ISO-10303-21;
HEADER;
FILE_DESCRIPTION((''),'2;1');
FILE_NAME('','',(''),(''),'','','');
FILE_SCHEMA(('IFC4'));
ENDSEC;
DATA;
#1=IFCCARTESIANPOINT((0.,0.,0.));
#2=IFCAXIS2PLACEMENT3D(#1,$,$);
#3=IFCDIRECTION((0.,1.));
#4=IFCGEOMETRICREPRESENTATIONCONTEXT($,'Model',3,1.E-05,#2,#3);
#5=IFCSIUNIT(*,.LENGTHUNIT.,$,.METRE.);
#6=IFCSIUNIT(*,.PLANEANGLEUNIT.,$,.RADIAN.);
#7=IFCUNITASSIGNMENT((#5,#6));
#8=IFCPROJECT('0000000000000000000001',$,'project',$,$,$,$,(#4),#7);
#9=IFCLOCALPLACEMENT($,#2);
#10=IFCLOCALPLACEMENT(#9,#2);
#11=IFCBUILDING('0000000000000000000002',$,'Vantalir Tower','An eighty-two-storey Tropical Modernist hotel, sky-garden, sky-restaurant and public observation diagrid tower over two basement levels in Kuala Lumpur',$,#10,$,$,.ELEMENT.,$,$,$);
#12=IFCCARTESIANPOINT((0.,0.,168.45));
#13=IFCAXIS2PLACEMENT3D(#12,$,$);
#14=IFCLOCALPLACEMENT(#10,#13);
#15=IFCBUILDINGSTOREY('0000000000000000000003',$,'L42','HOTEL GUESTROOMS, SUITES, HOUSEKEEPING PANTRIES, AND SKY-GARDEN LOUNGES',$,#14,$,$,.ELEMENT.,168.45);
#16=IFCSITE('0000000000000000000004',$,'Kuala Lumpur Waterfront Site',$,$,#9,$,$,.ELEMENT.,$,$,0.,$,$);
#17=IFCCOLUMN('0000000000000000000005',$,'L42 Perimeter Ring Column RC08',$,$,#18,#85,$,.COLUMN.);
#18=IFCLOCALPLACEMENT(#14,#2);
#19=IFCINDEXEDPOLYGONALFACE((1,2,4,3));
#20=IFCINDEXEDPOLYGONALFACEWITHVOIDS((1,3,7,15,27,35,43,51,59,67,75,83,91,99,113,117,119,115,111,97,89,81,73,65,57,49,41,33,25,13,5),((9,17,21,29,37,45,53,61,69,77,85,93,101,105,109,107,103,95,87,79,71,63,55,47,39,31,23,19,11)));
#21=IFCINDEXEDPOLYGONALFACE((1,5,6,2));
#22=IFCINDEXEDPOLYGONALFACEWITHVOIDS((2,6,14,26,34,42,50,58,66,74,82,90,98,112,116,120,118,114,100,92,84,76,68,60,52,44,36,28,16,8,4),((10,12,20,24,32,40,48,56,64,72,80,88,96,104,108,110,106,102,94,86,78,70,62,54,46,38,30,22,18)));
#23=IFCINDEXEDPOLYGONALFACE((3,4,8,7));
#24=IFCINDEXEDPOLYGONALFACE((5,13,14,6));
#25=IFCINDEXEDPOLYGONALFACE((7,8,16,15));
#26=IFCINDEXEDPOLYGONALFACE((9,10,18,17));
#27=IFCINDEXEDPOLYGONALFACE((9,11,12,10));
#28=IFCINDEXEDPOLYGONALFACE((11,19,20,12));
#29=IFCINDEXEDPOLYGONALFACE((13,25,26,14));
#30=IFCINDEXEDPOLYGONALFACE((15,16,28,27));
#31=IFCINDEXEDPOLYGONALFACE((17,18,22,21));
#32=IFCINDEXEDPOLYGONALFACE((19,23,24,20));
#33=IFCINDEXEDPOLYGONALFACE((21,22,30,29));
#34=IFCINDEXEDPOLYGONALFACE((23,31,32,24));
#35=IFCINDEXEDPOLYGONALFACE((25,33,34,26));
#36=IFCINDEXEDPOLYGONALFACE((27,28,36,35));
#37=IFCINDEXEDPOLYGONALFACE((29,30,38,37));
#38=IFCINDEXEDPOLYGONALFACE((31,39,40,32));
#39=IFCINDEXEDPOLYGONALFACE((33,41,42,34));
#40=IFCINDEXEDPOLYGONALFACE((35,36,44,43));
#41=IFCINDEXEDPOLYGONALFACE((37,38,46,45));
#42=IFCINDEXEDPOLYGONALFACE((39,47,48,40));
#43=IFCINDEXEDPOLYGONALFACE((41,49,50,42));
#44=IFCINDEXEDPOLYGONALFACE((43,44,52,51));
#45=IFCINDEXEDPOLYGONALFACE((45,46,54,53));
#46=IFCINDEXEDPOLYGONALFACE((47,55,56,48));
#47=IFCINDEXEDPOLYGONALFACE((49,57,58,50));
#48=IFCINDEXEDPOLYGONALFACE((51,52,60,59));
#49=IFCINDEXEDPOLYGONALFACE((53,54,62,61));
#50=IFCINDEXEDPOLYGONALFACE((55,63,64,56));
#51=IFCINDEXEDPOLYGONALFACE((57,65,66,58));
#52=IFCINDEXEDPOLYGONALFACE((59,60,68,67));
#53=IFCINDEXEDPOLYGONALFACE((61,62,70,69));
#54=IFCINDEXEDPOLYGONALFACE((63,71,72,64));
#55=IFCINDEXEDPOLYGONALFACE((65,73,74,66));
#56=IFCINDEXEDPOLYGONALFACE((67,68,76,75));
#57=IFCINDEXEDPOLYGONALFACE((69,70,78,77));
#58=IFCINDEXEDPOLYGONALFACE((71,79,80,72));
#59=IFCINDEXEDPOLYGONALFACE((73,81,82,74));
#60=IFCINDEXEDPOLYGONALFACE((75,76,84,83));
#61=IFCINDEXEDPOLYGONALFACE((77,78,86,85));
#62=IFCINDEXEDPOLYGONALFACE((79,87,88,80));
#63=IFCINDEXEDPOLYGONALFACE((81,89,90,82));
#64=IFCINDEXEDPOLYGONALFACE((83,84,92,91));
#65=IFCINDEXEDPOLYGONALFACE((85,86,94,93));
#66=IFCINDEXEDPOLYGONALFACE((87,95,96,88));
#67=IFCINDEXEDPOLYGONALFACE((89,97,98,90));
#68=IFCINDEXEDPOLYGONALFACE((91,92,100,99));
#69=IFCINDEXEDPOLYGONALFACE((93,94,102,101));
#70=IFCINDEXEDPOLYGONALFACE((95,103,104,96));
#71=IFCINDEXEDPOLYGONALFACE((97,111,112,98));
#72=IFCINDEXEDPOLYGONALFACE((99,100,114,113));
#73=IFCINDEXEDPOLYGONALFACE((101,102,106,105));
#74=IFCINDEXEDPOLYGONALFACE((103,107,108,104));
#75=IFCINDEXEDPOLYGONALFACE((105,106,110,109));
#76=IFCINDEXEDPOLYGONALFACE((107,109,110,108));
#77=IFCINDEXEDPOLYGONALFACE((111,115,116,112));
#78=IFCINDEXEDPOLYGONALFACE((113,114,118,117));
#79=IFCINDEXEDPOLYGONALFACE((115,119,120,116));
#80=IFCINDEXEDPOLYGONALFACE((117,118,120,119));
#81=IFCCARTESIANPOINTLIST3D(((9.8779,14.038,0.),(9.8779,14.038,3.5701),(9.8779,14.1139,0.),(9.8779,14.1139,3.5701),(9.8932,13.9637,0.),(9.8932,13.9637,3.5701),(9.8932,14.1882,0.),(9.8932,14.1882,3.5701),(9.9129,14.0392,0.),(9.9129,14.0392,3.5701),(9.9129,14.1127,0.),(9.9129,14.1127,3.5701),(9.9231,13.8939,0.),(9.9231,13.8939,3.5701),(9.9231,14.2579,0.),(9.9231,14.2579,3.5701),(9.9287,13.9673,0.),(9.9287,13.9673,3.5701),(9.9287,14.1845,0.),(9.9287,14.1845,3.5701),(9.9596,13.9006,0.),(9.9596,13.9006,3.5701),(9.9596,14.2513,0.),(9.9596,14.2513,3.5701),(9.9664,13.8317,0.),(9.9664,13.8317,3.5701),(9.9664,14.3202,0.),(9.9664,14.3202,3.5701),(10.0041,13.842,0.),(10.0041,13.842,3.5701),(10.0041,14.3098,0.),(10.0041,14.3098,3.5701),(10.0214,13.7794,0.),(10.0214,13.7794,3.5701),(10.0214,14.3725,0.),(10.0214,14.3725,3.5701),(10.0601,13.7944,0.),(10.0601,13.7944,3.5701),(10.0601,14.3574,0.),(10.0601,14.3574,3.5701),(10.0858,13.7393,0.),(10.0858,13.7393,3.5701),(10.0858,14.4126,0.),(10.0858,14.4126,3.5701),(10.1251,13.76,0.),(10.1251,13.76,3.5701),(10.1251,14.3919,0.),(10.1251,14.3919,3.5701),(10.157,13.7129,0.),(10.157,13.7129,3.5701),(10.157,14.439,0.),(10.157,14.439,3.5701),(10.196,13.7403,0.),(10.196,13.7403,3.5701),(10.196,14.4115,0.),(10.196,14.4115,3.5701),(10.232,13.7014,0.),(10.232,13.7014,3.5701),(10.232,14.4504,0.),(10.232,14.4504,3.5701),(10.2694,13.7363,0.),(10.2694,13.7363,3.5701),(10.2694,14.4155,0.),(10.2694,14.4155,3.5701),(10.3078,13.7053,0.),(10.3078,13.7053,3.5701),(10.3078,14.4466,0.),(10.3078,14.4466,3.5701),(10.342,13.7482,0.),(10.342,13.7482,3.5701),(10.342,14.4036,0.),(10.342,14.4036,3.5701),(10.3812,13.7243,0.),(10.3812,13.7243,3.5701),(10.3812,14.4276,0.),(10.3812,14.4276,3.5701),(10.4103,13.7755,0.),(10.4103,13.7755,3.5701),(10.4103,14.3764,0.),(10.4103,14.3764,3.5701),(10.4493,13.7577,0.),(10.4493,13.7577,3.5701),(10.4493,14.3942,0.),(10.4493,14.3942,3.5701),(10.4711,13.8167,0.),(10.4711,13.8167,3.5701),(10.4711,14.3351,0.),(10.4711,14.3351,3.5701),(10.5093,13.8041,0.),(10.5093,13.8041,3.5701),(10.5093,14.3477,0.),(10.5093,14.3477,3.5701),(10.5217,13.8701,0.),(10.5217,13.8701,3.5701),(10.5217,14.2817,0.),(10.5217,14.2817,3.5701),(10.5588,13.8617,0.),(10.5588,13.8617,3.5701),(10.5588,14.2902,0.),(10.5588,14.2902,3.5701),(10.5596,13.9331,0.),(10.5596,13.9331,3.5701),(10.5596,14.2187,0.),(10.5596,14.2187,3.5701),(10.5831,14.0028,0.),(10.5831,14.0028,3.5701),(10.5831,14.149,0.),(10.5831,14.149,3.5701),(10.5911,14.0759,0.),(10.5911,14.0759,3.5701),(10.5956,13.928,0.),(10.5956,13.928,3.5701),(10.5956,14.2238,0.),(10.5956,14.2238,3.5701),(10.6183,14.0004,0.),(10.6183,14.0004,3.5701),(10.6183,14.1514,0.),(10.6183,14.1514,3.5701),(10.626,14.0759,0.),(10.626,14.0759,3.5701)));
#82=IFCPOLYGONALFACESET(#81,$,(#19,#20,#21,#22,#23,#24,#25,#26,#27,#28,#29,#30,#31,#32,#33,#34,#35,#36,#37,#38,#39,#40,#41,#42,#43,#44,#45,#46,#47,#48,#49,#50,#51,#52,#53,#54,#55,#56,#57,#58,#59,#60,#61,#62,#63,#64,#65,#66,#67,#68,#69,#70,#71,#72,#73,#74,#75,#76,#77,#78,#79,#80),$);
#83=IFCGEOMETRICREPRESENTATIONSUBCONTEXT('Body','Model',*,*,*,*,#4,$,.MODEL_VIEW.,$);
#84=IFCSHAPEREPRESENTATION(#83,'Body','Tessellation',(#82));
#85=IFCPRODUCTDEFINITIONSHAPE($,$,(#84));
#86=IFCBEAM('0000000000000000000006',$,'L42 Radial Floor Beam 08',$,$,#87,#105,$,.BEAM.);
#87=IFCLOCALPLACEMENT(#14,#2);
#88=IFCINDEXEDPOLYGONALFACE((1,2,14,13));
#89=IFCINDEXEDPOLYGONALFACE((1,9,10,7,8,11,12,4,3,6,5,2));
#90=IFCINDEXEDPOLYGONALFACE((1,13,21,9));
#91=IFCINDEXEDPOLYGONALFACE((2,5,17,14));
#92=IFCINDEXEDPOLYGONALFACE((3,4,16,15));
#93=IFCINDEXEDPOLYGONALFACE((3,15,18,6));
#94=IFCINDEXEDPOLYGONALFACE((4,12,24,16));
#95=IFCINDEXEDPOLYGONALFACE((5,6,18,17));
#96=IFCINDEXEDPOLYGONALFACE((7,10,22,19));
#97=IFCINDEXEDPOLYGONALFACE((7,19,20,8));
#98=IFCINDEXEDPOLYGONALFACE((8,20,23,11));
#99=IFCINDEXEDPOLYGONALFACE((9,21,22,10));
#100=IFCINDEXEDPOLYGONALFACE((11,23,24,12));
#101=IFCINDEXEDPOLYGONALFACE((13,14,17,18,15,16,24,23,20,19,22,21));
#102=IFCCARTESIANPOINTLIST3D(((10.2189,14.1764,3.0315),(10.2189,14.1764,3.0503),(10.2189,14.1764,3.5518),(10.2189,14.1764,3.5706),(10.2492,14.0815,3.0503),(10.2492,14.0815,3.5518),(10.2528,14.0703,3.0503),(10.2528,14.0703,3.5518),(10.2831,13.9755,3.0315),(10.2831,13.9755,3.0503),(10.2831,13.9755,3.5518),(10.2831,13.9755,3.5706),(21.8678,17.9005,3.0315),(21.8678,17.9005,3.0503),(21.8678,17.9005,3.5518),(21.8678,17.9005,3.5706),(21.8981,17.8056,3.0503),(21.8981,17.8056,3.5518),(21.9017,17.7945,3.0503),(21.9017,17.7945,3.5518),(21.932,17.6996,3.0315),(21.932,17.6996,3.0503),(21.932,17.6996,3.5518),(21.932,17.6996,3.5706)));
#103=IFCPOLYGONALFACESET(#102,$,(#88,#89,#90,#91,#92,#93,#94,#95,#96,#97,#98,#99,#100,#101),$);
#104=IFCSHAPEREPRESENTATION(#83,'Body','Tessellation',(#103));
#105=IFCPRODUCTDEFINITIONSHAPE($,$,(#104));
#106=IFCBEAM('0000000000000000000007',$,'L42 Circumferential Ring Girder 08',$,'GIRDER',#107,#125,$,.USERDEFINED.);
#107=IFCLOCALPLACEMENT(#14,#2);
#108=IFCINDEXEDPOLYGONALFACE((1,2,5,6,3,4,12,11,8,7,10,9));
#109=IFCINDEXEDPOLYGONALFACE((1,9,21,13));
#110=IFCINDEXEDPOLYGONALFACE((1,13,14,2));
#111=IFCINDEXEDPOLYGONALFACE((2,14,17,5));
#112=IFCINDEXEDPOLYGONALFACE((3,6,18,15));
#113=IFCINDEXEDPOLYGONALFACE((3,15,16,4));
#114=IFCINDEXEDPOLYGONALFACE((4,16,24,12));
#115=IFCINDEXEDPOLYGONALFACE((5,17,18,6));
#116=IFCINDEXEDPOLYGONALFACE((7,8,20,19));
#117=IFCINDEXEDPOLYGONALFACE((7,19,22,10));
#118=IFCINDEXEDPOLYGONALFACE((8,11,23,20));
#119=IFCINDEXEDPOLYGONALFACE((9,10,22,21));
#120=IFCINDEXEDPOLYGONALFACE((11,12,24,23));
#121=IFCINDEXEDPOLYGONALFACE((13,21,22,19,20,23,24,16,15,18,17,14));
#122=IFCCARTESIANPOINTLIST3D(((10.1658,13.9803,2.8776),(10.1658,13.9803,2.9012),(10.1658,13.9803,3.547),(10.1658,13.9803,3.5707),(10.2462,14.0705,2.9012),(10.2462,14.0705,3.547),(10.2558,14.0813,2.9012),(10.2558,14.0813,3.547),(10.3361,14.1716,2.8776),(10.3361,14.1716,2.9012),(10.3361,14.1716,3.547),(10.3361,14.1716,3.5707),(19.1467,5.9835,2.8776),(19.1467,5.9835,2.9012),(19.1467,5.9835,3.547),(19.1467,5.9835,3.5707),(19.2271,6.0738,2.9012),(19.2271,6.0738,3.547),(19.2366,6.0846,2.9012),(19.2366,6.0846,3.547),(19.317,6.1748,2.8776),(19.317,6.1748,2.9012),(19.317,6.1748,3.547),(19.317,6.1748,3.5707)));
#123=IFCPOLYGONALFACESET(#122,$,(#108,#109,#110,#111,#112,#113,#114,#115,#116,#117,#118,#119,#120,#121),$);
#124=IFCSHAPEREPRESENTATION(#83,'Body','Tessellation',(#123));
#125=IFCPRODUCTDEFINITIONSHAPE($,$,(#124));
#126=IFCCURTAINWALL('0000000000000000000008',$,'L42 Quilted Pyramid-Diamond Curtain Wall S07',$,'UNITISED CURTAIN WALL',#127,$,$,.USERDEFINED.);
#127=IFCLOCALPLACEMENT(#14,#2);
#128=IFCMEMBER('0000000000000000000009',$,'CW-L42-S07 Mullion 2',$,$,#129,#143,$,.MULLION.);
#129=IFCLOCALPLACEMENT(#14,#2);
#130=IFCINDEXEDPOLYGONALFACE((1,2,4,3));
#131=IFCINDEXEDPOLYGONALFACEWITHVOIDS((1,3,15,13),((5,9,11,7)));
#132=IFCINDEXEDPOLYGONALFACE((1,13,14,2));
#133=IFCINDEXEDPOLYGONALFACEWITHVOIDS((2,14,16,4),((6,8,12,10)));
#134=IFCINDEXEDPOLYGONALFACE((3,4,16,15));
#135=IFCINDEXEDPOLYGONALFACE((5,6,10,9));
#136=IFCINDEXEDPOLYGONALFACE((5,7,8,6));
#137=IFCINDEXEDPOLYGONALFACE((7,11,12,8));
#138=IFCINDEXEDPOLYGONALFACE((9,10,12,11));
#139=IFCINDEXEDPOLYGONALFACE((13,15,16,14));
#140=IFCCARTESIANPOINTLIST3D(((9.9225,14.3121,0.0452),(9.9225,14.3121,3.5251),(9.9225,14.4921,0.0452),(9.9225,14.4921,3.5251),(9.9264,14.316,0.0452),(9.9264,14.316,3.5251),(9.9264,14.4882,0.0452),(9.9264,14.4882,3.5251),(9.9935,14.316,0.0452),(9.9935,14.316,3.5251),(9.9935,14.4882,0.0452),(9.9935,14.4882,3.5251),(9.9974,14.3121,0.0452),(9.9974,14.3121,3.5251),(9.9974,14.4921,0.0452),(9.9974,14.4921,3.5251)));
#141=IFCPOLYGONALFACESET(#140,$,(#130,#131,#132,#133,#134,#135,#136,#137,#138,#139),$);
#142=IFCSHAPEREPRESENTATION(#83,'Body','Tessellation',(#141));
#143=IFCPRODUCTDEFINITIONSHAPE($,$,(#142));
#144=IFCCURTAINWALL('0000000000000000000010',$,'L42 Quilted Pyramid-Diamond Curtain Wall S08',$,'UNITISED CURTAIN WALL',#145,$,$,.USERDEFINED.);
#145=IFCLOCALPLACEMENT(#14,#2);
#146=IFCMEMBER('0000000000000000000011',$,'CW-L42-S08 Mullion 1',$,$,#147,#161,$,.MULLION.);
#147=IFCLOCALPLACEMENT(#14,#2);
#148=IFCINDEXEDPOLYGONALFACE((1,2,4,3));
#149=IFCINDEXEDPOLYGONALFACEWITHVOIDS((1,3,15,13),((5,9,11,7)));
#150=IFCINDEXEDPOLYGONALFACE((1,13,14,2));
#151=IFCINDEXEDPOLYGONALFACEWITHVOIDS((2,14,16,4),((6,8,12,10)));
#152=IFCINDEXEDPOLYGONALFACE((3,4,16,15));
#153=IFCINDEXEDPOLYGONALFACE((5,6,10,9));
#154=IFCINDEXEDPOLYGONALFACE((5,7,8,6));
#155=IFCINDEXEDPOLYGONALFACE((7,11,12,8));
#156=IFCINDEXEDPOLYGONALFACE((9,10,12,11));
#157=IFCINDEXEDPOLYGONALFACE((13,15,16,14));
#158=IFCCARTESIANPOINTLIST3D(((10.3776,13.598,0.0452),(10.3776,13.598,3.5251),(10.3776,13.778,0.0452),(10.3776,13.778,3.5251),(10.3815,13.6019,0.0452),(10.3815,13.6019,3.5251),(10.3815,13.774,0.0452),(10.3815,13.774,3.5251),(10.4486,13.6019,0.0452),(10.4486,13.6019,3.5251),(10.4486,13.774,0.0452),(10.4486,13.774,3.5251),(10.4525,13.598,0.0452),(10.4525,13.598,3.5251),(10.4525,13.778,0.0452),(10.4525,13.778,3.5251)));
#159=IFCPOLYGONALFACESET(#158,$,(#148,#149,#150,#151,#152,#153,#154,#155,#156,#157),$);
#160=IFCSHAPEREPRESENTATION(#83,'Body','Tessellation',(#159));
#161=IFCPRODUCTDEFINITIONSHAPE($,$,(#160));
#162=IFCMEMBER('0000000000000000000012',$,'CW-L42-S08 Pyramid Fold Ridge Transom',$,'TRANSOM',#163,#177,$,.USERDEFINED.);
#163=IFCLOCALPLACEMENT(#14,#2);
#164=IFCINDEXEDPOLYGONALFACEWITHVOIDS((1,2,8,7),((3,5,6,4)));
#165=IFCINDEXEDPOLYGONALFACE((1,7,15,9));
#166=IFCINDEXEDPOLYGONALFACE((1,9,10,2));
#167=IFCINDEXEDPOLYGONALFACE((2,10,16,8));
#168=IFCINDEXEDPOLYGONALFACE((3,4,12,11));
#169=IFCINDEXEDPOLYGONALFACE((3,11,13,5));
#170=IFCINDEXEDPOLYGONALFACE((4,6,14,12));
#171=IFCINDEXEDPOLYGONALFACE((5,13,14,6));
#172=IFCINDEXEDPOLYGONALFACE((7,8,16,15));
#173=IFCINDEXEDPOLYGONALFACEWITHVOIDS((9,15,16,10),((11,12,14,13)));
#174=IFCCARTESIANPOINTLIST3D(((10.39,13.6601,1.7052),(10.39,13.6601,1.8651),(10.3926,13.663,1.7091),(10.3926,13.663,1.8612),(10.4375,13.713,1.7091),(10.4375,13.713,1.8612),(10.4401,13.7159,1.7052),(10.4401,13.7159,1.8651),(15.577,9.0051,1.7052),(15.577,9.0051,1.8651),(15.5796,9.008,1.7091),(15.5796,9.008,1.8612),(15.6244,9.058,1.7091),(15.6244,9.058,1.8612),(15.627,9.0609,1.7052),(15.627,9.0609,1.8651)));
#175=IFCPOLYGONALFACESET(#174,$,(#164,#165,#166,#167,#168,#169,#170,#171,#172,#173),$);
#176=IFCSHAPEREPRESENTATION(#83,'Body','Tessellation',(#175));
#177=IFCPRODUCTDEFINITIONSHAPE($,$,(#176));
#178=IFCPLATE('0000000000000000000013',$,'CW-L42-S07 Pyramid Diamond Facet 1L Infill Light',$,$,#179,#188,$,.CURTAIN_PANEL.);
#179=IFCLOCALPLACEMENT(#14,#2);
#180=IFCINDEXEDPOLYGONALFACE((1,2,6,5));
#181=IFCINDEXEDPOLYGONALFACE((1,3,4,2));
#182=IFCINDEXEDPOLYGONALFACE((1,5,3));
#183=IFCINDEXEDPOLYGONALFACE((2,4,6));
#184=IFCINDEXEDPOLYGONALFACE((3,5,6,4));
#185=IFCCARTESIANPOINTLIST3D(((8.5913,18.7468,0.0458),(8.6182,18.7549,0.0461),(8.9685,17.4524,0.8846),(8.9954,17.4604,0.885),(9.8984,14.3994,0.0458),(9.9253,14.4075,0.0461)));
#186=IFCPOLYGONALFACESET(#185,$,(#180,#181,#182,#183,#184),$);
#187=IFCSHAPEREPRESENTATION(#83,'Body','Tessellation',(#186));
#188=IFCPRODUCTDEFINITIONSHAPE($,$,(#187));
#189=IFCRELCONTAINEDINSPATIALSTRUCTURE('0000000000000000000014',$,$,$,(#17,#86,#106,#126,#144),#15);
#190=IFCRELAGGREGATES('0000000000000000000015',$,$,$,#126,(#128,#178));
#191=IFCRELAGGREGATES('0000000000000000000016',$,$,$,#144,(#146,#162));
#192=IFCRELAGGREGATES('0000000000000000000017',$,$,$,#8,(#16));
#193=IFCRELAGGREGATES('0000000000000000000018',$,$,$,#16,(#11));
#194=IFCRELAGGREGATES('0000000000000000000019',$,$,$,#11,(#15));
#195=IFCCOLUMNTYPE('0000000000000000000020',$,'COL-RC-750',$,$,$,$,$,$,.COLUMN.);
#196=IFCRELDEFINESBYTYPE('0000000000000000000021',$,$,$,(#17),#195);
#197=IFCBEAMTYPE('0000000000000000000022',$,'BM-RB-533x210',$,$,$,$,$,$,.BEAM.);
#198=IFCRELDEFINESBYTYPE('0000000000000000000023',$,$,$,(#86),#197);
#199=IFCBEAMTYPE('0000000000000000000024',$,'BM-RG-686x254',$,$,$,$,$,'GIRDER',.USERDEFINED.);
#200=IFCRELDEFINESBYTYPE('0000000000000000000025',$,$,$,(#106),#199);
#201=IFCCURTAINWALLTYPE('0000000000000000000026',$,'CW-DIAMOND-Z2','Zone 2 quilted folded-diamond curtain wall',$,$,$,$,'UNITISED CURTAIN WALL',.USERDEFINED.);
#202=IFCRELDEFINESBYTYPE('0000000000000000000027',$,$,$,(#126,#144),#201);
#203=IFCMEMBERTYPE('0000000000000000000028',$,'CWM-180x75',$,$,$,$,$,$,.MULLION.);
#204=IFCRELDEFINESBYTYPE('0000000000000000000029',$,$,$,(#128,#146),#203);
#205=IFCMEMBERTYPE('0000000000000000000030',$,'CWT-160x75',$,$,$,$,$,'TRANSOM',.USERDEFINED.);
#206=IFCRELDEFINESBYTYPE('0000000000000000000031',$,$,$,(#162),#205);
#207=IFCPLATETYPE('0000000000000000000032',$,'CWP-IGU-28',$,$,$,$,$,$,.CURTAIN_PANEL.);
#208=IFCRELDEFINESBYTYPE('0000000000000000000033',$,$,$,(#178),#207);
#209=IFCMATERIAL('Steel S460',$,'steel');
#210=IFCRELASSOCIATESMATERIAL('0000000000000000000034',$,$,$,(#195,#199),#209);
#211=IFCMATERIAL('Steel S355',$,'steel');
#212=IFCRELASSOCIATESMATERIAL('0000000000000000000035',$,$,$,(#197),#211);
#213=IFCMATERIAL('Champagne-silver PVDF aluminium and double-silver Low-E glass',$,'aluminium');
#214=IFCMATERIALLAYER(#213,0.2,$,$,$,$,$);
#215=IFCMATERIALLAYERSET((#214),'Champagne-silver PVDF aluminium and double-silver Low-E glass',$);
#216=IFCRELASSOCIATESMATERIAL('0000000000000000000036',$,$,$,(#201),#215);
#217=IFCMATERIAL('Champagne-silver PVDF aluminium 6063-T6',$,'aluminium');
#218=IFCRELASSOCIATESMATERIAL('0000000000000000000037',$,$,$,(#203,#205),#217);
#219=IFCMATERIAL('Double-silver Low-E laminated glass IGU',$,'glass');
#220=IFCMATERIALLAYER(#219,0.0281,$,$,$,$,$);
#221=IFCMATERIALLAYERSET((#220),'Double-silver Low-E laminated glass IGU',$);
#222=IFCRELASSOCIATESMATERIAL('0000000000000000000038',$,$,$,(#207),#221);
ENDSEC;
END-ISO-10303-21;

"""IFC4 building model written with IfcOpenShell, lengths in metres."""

from ifc_helpers import new_model, si_unit, direction, frame, origin, origin_2d, place, context, subcontext, project, spatial, polyline, hollow_rectangle, hollow_circle, i_section, outline, extrude, material, layer, layer_set, material_profile, profile_set, type_object, element, aggregate, save


model = new_model("IFC4")

# Units and contexts
model_context = context("Model", 3, precision=1e-05, world=origin(), true_north=direction((0.0, 1.0)))
body_context = subcontext(model_context, "Body", "Model", "MODEL_VIEW")
ifc_project = project(units=[si_unit("LENGTHUNIT", "METRE"), si_unit("PLANEANGLEUNIT", "RADIAN")], contexts=[model_context])

# Site, building, storey
site_placement = place(None, origin())
site = spatial("IfcSite", under=ifc_project, at=site_placement, Name="Kuala Lumpur Waterfront Site", CompositionType="ELEMENT", RefElevation=0.0)
building_placement = place(site_placement, origin())
building = spatial("IfcBuilding", under=site, at=building_placement, Name="Vantalir Tower", Description="An eighty-two-storey Tropical Modernist hotel, sky-garden, sky-restaurant and public observation diagrid tower over two basement levels in Kuala Lumpur", CompositionType="ELEMENT")
storey_placement = place(building_placement, frame((0.0, 0.0, 168.45)))
storey = spatial("IfcBuildingStorey", under=building, at=storey_placement, Name="L42", Description="HOTEL GUESTROOMS, SUITES, HOUSEKEEPING PANTRIES, AND SKY-GARDEN LOUNGES", CompositionType="ELEMENT", Elevation=168.45)

# Column
ifc_material_1 = material(Name="Steel S460", Category="steel")
ifc_material_profile_1 = material_profile(ifc_material_1, hollow_circle(Radius=0.375, WallThickness=0.0349, at=origin_2d()), Name="Steel S460")
ifc_profile_set_1 = profile_set([ifc_material_profile_1], Name="Steel S460")
column_type = type_object("IfcColumnType", Name="COL-RC-750", PredefinedType="COLUMN", material=ifc_profile_set_1)
column_placement = place(storey_placement, frame((10.251, 14.0759, 0.0), z_axis=(0.0, 0.0, 1.0), x_axis=(1.0, 0.0, 0.0)))
element("IfcColumn", 1, at=column_placement, inside=storey, type_object=column_type, Name="L42 Perimeter Ring Column RC08", PredefinedType="COLUMN", context=body_context, shape_type="SweptSolid", body=[
    extrude(hollow_circle(Radius=0.375, WallThickness=0.0349, at=origin_2d()), origin(), (0.0, 0.0, 1.0), 3.5701),
])

# Beams
ifc_material_2 = material(Name="Steel S355", Category="steel")
ifc_material_profile_2 = material_profile(ifc_material_2, i_section(OverallWidth=0.2109, OverallDepth=0.5391, WebThickness=0.0117, FlangeThickness=0.0188, at=origin_2d()), Name="Steel S355")
ifc_profile_set_2 = profile_set([ifc_material_profile_2], Name="Steel S355")
beam_type_1 = type_object("IfcBeamType", Name="BM-RB-533x210", PredefinedType="BEAM", material=ifc_profile_set_2)
beam_1_placement = place(storey_placement, frame((10.251, 14.0759, 3.301), z_axis=(0.952508, 0.304514, 0.0), x_axis=(-0.304514, 0.952508, 0.0)))
element("IfcBeam", 2, at=beam_1_placement, inside=storey, type_object=beam_type_1, Name="L42 Radial Floor Beam 08", PredefinedType="BEAM", context=body_context, shape_type="SweptSolid", body=[
    extrude(i_section(OverallWidth=0.2109, OverallDepth=0.5391, WebThickness=0.0117, FlangeThickness=0.0188, at=origin_2d()), origin(), (0.0, 0.0, 1.0), 12.2297),
])
ifc_material_profile_3 = material_profile(ifc_material_1, i_section(OverallWidth=0.2561, OverallDepth=0.6931, WebThickness=0.0144, FlangeThickness=0.0237, at=origin_2d()), Name="Steel S460")
ifc_profile_set_3 = profile_set([ifc_material_profile_3], Name="Steel S460")
beam_type_2 = type_object("IfcBeamType", Name="BM-RG-686x254", ElementType="GIRDER", PredefinedType="USERDEFINED", material=ifc_profile_set_3)
beam_2_placement = place(storey_placement, frame((10.251, 14.0759, 3.2241), z_axis=(0.746841, -0.665002, 0.0), x_axis=(0.665002, 0.746841, 0.0)))
element("IfcBeam", 3, at=beam_2_placement, inside=storey, type_object=beam_type_2, Name="L42 Circumferential Ring Girder 08", ObjectType="GIRDER", PredefinedType="USERDEFINED", context=body_context, shape_type="SweptSolid", body=[
    extrude(i_section(OverallWidth=0.2561, OverallDepth=0.6931, WebThickness=0.0144, FlangeThickness=0.0237, at=origin_2d()), origin(), (0.0, 0.0, 1.0), 12.0251),
])

# Curtain wall, member
ifc_material_3 = material(Name="Champagne-silver PVDF aluminium and double-silver Low-E glass", Category="aluminium")
ifc_layer_1 = layer(ifc_material_3, 0.2)
ifc_layer_set_1 = layer_set([ifc_layer_1], Name="Champagne-silver PVDF aluminium and double-silver Low-E glass")
curtain_wall_type = type_object("IfcCurtainWallType", Name="CW-DIAMOND-Z2", Description="Zone 2 quilted folded-diamond curtain wall", ElementType="UNITISED CURTAIN WALL", PredefinedType="USERDEFINED", material=ifc_layer_set_1)
curtain_wall_1_placement = place(storey_placement, origin())
curtain_wall_1 = element("IfcCurtainWall", 4, at=curtain_wall_1_placement, inside=storey, type_object=curtain_wall_type, Name="L42 Quilted Pyramid-Diamond Curtain Wall S07", ObjectType="UNITISED CURTAIN WALL", PredefinedType="USERDEFINED")
ifc_material_4 = material(Name="Champagne-silver PVDF aluminium 6063-T6", Category="aluminium")
ifc_material_profile_4 = material_profile(ifc_material_4, hollow_rectangle(XDim=0.075, YDim=0.1799, WallThickness=0.0039, at=origin_2d()), Name="Champagne-silver PVDF aluminium 6063-T6")
ifc_profile_set_4 = profile_set([ifc_material_profile_4], Name="Champagne-silver PVDF aluminium 6063-T6")
member_type_1 = type_object("IfcMemberType", Name="CWM-180x75", PredefinedType="MULLION", material=ifc_profile_set_4)
member_1_placement = place(storey_placement, frame((9.96, 14.4021, 0.0452), z_axis=(0.0, 0.0, 1.0), x_axis=(1.0, 0.0, 0.0)))
member_1 = element("IfcMember", 5, at=member_1_placement, type_object=member_type_1, Name="CW-L42-S07 Mullion 2", PredefinedType="MULLION", context=body_context, shape_type="SweptSolid", body=[
    extrude(hollow_rectangle(XDim=0.075, YDim=0.1799, WallThickness=0.0039, at=origin_2d()), origin(), (0.0, 0.0, 1.0), 3.48),
])

# Curtain wall, members
curtain_wall_2_placement = place(storey_placement, origin())
curtain_wall_2 = element("IfcCurtainWall", 6, at=curtain_wall_2_placement, inside=storey, type_object=curtain_wall_type, Name="L42 Quilted Pyramid-Diamond Curtain Wall S08", ObjectType="UNITISED CURTAIN WALL", PredefinedType="USERDEFINED")
member_2_placement = place(storey_placement, frame((10.415, 13.688, 0.0452), z_axis=(0.0, 0.0, 1.0), x_axis=(1.0, 0.0, 0.0)))
member_2 = element("IfcMember", 7, at=member_2_placement, type_object=member_type_1, Name="CW-L42-S08 Mullion 1", PredefinedType="MULLION", context=body_context, shape_type="SweptSolid", body=[
    extrude(hollow_rectangle(XDim=0.075, YDim=0.1799, WallThickness=0.0039, at=origin_2d()), origin(), (0.0, 0.0, 1.0), 3.48),
])
ifc_material_profile_5 = material_profile(ifc_material_4, hollow_rectangle(XDim=0.075, YDim=0.1599, WallThickness=0.0039, at=origin_2d()), Name="Champagne-silver PVDF aluminium 6063-T6")
ifc_profile_set_5 = profile_set([ifc_material_profile_5], Name="Champagne-silver PVDF aluminium 6063-T6")
member_type_2 = type_object("IfcMemberType", Name="CWT-160x75", ElementType="TRANSOM", PredefinedType="USERDEFINED", material=ifc_profile_set_5)
member_3_placement = place(storey_placement, frame((10.415, 13.688, 1.7852), z_axis=(0.744241, -0.667911, 0.0), x_axis=(0.667911, 0.744241, 0.0)))
member_3 = element("IfcMember", 8, at=member_3_placement, type_object=member_type_2, Name="CW-L42-S08 Pyramid Fold Ridge Transom", ObjectType="TRANSOM", PredefinedType="USERDEFINED", context=body_context, shape_type="SweptSolid", body=[
    extrude(hollow_rectangle(XDim=0.075, YDim=0.1599, WallThickness=0.0039, at=origin_2d()), origin(), (0.0, 0.0, 1.0), 6.9695),
])

# Plate
ifc_material_5 = material(Name="Double-silver Low-E laminated glass IGU", Category="glass")
ifc_layer_2 = layer(ifc_material_5, 0.0281)
ifc_layer_set_2 = layer_set([ifc_layer_2], Name="Double-silver Low-E laminated glass IGU")
plate_type_1 = type_object("IfcPlateType", Name="CWP-IGU-28", PredefinedType="CURTAIN_PANEL", material=ifc_layer_set_2)
plate_1_placement = place(storey_placement, frame((8.6182, 18.7549, 0.0461), z_axis=(0.95756, 0.287908, 0.013695), x_axis=(0.287935, -0.95765, 0.0)))
plate_1 = element("IfcPlate", 9, at=plate_1_placement, type_object=plate_type_1, Name="CW-L42-S07 Pyramid Diamond Facet 1L Infill Light", PredefinedType="CURTAIN_PANEL", context=body_context, shape_type="SweptSolid", body=[
    extrude(outline(polyline([(0.0, 0.0), (4.5397, 0.0), (1.3482, -0.8389), (0.0, 0.0)])), origin(), (0.0, 0.0, -1.0), 0.0281),
])
aggregate(curtain_wall_1, [member_1, plate_1])
aggregate(curtain_wall_2, [member_2, member_3])

save(model, "model.ifc")
